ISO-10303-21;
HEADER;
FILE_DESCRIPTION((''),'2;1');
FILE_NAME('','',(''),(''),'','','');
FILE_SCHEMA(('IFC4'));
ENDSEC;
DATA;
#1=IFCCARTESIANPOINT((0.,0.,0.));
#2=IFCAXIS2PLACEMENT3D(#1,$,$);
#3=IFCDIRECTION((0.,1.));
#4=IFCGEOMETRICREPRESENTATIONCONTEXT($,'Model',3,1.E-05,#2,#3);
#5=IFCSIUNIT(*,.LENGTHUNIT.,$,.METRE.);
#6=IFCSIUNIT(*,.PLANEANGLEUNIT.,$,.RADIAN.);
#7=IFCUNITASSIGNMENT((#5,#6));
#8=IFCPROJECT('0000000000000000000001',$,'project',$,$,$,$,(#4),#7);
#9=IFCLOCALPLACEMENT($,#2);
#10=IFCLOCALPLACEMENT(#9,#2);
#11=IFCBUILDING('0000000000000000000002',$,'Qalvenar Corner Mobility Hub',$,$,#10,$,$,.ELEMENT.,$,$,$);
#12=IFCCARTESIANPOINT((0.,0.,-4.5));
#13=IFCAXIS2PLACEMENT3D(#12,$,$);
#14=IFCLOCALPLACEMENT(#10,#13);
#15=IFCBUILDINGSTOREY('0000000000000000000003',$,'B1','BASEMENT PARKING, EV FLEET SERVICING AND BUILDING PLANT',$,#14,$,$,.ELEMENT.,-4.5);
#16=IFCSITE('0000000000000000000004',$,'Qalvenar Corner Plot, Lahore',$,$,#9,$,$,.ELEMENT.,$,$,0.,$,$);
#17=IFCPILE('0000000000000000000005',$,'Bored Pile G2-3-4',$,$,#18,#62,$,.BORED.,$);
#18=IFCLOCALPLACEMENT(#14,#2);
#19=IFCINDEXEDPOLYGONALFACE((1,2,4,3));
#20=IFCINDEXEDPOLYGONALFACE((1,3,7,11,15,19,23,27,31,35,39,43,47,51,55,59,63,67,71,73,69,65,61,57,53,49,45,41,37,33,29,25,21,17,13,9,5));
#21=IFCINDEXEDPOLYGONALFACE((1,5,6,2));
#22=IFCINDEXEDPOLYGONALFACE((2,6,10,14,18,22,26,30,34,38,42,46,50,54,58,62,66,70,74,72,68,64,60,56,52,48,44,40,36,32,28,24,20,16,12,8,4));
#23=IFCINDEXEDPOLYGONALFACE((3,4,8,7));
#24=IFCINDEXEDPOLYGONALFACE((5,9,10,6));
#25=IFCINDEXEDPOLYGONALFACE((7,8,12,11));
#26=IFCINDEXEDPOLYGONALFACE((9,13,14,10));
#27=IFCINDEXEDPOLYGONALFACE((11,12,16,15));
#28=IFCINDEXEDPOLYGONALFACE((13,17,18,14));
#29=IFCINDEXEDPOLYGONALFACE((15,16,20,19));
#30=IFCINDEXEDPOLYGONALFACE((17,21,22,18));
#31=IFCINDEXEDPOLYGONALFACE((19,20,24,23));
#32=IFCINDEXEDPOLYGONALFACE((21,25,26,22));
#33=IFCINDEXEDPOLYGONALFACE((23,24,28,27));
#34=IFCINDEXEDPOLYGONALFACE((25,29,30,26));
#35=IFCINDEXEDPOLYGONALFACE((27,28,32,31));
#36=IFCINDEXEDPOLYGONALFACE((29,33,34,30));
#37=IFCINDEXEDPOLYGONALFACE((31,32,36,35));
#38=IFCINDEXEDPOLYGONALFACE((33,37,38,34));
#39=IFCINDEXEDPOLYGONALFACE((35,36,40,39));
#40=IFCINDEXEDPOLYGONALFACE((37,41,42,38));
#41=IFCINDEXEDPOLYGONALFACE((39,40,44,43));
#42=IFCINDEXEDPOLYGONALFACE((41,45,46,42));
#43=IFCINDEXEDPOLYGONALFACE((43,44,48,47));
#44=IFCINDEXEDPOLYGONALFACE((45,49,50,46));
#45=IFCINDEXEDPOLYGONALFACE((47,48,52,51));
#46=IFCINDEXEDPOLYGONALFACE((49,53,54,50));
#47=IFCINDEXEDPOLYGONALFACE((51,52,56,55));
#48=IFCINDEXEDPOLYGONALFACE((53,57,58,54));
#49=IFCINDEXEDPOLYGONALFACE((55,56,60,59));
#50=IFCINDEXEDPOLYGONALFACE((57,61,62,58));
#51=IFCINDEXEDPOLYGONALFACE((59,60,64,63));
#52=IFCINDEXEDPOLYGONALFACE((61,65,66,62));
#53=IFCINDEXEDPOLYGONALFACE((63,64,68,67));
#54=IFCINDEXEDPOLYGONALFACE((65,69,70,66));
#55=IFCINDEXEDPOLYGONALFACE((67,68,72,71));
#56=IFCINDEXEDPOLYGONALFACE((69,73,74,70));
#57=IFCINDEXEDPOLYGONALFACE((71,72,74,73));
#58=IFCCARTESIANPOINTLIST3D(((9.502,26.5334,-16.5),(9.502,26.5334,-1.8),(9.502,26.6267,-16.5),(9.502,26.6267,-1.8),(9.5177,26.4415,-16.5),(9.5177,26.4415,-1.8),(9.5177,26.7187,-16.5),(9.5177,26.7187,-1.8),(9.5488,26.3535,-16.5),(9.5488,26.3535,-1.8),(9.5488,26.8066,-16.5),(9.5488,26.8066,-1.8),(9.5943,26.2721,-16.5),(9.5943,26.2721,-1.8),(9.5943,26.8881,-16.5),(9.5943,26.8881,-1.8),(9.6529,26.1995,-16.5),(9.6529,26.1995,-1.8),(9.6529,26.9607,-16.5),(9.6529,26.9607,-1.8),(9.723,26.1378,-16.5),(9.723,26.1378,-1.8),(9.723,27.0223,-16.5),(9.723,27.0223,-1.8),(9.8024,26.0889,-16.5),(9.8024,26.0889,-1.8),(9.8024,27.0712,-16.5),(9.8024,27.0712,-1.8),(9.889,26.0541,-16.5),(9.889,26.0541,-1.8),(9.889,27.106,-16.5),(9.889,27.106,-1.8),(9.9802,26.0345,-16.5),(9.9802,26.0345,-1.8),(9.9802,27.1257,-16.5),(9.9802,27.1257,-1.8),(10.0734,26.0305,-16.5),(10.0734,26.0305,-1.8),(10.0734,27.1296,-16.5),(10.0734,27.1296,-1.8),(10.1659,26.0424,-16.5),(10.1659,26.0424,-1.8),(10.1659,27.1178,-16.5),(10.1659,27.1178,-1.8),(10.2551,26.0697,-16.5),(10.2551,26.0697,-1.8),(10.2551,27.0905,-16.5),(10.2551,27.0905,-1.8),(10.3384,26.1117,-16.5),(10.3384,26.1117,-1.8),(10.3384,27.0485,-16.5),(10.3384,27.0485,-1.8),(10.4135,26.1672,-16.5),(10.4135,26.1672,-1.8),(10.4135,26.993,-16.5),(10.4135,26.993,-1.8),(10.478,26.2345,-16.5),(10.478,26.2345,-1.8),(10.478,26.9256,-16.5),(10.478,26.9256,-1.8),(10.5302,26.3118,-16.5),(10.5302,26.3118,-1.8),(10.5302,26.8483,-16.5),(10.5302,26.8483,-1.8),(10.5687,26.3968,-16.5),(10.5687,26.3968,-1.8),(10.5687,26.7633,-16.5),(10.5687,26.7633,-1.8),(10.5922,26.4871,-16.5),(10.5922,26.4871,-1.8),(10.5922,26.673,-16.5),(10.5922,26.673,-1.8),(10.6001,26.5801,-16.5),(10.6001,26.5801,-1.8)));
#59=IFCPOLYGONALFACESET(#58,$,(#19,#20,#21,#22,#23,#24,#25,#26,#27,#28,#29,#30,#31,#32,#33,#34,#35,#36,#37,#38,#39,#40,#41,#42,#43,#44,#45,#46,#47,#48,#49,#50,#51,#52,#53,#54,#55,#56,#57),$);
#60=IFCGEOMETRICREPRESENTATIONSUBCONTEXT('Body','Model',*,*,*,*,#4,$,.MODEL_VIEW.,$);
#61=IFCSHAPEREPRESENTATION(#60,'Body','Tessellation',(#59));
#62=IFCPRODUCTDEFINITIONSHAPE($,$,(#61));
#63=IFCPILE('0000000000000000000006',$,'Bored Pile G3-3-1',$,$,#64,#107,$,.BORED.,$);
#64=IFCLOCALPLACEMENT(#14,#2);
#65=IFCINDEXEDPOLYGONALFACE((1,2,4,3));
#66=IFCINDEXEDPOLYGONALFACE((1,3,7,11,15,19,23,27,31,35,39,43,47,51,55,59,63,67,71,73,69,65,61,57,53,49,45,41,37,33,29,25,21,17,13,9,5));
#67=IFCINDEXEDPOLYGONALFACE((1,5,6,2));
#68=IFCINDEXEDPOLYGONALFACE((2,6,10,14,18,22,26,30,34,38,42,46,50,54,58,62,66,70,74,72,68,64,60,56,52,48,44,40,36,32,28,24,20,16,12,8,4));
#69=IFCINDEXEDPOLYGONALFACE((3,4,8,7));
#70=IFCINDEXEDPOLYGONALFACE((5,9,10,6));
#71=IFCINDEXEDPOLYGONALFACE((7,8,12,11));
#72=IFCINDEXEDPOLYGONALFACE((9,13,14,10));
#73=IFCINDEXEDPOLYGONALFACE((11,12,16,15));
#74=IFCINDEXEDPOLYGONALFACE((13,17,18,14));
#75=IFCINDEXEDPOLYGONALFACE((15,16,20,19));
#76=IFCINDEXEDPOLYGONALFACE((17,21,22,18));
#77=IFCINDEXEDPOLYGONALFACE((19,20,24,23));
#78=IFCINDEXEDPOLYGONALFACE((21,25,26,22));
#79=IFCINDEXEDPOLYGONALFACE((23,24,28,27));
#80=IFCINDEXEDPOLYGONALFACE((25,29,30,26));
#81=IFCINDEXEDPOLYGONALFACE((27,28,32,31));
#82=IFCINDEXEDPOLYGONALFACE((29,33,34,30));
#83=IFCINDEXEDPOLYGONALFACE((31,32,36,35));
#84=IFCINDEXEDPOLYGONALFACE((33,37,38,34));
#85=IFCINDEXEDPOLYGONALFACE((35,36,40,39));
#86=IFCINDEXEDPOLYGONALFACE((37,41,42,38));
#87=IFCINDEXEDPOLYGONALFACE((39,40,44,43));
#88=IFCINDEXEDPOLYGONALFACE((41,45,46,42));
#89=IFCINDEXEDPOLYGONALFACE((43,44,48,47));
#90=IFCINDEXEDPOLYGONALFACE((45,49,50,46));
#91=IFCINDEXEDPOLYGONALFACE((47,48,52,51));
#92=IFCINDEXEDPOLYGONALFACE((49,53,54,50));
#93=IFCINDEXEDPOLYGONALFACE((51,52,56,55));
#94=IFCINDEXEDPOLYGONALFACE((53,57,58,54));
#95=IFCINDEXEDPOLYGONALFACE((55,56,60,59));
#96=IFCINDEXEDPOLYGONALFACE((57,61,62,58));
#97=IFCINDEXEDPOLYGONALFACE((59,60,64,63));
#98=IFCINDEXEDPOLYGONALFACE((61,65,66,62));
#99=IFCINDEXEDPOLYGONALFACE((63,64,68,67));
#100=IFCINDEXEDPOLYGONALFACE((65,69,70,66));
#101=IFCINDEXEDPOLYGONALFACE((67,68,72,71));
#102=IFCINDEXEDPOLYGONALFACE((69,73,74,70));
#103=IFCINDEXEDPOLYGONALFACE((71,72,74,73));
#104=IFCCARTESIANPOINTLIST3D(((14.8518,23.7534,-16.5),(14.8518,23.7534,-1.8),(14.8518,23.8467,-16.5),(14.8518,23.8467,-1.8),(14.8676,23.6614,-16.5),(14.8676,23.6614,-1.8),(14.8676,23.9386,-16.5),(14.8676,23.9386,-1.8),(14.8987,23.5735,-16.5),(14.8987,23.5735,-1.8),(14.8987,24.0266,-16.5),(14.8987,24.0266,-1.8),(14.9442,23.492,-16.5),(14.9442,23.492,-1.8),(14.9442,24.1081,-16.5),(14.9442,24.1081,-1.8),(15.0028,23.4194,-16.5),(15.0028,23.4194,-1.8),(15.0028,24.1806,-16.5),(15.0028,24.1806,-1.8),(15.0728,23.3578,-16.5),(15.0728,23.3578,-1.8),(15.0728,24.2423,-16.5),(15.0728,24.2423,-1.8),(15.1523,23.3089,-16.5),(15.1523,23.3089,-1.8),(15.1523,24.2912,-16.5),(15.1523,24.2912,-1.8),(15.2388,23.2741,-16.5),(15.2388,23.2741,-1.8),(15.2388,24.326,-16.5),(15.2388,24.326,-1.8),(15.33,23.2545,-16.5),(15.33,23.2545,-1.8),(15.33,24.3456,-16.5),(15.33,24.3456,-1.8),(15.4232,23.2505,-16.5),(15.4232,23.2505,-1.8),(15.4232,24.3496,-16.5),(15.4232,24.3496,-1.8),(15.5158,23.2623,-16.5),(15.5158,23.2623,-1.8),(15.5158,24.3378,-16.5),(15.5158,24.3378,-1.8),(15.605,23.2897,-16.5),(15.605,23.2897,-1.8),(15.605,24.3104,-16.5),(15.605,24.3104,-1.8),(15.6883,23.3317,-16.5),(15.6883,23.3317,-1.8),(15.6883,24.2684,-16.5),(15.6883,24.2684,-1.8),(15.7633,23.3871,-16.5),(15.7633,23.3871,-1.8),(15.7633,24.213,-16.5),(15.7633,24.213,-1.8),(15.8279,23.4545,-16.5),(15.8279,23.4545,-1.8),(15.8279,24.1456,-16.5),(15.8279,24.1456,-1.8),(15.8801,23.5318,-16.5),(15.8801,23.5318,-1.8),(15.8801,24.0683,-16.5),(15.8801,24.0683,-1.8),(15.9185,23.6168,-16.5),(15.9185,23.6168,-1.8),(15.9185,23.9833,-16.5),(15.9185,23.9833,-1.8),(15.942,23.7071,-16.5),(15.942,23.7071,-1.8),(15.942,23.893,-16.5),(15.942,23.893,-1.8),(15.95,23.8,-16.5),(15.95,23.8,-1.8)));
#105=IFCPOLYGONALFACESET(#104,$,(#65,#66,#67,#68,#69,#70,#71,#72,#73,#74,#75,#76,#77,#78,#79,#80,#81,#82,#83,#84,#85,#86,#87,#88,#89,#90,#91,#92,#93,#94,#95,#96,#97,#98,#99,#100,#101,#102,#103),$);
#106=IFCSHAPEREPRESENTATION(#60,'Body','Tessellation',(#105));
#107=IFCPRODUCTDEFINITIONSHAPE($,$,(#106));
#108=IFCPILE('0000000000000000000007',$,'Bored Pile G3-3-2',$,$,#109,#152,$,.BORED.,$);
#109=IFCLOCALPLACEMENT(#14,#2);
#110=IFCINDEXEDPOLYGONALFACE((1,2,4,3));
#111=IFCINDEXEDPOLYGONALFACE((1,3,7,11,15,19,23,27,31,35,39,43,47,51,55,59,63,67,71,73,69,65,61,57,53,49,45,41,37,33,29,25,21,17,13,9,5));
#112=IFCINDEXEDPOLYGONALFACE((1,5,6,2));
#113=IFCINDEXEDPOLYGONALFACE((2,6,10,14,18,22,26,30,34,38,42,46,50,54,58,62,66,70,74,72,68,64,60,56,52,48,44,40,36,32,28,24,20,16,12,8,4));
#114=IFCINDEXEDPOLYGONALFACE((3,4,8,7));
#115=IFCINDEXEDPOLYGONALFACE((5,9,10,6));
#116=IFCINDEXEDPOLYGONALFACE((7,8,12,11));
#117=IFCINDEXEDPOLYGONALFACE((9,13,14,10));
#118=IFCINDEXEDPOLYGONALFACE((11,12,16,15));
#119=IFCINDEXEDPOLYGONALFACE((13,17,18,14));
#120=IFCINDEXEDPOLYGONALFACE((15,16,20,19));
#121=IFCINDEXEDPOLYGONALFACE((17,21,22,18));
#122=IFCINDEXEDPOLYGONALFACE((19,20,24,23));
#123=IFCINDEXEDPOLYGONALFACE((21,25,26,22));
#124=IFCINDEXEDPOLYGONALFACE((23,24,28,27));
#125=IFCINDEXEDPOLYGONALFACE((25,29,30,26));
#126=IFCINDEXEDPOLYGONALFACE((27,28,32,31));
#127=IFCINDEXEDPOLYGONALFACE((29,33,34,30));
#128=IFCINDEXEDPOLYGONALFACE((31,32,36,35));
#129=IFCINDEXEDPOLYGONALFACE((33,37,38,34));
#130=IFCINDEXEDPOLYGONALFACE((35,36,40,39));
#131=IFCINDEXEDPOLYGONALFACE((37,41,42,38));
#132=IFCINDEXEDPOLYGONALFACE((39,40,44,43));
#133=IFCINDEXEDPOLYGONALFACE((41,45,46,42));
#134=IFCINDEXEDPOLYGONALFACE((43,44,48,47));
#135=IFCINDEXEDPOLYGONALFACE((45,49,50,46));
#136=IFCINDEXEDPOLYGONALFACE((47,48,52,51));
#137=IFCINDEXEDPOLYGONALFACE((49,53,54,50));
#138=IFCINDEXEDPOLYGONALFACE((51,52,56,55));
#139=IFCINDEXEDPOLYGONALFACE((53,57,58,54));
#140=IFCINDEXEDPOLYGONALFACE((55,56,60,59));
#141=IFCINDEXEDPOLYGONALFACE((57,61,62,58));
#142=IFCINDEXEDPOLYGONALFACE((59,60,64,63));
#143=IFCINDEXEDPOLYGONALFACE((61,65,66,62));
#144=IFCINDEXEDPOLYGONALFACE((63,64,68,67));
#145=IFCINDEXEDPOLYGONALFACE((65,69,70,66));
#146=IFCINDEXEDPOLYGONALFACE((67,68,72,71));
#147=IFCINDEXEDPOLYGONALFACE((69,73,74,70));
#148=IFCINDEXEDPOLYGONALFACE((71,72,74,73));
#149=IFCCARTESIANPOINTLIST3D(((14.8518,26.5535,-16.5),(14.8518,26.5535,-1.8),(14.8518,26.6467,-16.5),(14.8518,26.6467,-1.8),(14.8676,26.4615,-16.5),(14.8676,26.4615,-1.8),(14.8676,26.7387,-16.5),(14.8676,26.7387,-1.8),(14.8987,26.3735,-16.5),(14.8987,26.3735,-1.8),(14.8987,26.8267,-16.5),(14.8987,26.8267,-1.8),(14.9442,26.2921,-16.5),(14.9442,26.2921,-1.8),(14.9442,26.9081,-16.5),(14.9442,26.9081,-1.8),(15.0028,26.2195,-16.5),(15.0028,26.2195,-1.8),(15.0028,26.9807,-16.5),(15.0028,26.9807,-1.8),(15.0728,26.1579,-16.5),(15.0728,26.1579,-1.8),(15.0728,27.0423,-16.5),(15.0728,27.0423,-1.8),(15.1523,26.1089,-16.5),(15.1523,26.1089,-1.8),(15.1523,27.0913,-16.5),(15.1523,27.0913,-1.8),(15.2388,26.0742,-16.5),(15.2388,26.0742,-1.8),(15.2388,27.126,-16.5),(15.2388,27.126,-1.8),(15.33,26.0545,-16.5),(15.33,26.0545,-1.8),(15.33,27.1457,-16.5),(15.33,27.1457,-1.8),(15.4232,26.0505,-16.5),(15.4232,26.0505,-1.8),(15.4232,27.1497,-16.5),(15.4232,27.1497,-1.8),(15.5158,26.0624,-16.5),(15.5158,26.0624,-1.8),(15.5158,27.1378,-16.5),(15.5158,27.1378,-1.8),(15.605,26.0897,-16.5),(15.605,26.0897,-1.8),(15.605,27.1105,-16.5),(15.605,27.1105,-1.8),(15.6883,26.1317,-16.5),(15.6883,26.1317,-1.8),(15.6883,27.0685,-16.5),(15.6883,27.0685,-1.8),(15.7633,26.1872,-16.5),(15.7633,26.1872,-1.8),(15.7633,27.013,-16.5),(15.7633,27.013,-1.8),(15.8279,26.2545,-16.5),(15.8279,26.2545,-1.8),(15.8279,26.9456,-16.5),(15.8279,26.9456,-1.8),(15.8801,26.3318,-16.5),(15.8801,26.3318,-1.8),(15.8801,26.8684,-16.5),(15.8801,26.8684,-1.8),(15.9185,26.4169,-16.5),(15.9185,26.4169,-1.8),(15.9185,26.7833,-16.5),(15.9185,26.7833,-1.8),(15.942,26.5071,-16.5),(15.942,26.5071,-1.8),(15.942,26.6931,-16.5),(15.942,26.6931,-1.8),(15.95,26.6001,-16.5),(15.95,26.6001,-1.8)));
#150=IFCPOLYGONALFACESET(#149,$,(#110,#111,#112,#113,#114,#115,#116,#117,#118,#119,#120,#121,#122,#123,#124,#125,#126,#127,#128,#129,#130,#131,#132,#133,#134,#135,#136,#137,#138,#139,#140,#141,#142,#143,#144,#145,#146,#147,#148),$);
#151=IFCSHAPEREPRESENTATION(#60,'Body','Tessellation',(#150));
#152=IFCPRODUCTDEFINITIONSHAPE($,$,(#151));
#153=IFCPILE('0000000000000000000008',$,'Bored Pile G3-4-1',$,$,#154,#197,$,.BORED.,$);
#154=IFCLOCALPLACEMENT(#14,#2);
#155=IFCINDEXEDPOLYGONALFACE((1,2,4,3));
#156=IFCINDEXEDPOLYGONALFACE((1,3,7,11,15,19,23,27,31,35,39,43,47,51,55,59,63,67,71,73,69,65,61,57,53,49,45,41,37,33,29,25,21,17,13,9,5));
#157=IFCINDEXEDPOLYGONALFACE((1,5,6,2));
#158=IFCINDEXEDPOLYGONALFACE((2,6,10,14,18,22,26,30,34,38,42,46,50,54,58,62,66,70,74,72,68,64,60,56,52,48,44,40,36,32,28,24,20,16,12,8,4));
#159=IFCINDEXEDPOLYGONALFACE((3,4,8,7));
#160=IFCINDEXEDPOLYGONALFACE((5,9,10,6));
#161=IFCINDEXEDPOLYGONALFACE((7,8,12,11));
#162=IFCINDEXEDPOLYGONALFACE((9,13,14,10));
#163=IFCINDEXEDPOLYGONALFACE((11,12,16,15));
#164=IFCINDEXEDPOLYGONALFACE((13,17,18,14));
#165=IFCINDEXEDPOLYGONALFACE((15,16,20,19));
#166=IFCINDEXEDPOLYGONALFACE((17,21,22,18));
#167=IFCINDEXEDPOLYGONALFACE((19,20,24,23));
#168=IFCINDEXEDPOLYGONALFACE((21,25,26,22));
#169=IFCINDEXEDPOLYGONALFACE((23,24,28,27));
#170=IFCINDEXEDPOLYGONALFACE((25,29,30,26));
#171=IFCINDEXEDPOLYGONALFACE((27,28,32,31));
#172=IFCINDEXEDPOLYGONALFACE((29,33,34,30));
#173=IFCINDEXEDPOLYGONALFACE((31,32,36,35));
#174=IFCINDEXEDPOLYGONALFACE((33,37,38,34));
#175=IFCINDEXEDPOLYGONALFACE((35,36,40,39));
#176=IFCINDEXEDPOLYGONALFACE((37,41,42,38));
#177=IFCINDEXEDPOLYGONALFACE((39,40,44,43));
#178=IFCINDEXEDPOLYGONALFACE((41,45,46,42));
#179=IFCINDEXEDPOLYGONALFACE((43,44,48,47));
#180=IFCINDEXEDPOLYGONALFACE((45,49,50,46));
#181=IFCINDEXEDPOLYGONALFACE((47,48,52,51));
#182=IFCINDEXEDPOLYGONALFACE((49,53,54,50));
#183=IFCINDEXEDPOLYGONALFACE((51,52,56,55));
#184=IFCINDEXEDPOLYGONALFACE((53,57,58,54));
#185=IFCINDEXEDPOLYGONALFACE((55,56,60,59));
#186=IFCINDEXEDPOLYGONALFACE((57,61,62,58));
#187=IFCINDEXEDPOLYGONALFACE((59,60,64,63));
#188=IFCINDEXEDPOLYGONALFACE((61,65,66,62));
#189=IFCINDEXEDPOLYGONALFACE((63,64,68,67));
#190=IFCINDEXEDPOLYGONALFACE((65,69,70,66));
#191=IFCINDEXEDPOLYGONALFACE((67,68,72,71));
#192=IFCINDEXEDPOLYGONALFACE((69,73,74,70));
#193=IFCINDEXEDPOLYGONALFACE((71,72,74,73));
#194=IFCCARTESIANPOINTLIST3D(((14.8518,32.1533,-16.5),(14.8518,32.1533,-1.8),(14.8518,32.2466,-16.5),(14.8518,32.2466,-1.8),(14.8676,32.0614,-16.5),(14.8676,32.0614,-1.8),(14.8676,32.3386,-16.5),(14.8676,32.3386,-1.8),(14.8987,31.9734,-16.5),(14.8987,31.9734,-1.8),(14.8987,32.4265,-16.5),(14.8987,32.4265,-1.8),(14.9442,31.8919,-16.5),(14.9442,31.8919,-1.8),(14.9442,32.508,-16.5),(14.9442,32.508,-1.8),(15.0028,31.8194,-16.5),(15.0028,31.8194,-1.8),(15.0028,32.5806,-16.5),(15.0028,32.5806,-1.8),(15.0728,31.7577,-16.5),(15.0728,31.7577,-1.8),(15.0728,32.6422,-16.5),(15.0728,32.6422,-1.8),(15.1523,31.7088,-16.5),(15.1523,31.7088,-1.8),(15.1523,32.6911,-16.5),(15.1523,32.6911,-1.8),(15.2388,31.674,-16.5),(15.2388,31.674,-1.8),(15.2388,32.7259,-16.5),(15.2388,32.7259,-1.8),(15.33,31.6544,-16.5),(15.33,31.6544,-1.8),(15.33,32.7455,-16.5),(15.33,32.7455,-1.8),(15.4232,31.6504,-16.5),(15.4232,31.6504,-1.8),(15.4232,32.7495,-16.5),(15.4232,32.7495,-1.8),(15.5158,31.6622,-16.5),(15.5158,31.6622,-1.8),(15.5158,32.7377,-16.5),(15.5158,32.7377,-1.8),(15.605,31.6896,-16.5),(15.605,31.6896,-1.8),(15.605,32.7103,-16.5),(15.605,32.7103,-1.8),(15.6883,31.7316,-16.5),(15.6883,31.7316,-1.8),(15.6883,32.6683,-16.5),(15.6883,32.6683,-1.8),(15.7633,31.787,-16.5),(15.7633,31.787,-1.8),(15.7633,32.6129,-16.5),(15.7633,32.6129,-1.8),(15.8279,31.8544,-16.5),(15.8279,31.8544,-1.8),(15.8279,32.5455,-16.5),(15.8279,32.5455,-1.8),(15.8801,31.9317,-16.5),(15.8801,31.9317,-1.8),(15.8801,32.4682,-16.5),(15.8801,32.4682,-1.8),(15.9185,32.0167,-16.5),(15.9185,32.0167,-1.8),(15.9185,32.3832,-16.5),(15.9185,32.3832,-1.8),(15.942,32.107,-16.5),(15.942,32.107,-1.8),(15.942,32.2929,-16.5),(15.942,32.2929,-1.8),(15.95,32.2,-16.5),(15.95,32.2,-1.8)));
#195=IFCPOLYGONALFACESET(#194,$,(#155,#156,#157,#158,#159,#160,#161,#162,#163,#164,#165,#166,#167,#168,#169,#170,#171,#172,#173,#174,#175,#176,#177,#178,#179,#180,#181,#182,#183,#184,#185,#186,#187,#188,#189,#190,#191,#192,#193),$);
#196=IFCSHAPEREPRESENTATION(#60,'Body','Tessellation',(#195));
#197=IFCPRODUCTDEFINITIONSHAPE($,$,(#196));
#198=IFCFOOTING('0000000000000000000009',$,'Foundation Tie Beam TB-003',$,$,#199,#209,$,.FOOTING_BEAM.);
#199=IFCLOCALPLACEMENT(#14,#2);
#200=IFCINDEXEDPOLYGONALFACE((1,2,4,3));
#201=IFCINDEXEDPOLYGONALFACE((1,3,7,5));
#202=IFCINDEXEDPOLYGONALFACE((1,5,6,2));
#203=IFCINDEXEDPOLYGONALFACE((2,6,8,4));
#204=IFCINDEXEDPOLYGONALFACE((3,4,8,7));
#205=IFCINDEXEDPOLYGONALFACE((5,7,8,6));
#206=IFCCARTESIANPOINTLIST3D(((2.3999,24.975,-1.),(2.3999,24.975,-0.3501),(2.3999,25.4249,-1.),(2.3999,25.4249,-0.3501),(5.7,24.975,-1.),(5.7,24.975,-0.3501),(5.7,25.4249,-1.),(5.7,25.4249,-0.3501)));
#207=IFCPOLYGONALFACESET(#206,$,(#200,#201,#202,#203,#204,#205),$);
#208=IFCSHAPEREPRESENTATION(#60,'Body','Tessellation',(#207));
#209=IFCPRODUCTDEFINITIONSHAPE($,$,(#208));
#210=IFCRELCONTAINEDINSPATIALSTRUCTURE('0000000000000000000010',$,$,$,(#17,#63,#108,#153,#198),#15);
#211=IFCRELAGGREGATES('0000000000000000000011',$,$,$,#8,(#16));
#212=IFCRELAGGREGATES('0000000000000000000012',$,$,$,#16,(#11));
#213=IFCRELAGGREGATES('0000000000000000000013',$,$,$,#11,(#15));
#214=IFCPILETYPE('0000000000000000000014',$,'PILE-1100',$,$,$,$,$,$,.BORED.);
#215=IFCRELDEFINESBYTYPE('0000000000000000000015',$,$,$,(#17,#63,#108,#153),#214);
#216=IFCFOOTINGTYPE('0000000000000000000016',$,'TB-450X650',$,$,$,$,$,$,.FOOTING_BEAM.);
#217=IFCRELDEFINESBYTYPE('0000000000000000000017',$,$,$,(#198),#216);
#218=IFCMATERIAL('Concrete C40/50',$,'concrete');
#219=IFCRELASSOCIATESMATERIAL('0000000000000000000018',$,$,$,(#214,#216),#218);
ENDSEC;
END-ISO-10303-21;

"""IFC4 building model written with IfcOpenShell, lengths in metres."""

from ifc_helpers import new_model, si_unit, direction, frame, origin, origin_2d, place, context, subcontext, project, spatial, rectangle, circle, extrude, material, material_profile, profile_set, type_object, element, save


model = new_model("IFC4")

# Units and contexts
model_context = context("Model", 3, precision=1e-05, world=origin(), true_north=direction((0.0, 1.0)))
body_context = subcontext(model_context, "Body", "Model", "MODEL_VIEW")
ifc_project = project(units=[si_unit("LENGTHUNIT", "METRE"), si_unit("PLANEANGLEUNIT", "RADIAN")], contexts=[model_context])

# Site, building, storey
site_placement = place(None, origin())
site = spatial("IfcSite", under=ifc_project, at=site_placement, Name="Qalvenar Corner Plot, Lahore", CompositionType="ELEMENT", RefElevation=0.0)
building_placement = place(site_placement, origin())
building = spatial("IfcBuilding", under=site, at=building_placement, Name="Qalvenar Corner Mobility Hub", CompositionType="ELEMENT")
storey_placement = place(building_placement, frame((0.0, 0.0, -4.5)))
storey = spatial("IfcBuildingStorey", under=building, at=storey_placement, Name="B1", Description="BASEMENT PARKING, EV FLEET SERVICING AND BUILDING PLANT", CompositionType="ELEMENT", Elevation=-4.5)

# Shared definitions
ifc_material_1 = material(Name="Concrete C40/50", Category="concrete")

# Piles
ifc_material_profile_1 = material_profile(ifc_material_1, circle(Radius=0.55, at=origin_2d()), Name="DIA1100")
ifc_profile_set_1 = profile_set([ifc_material_profile_1], Name="Concrete C40/50")
pile_type = type_object("IfcPileType", Name="PILE-1100", PredefinedType="BORED", material=ifc_profile_set_1)
for number, where, z_axis, x_axis, name in (
    (1, (10.05, 26.5801, -1.8), (0.0, 0.0, -1.0), (1.0, 0.0, 0.0), "Bored Pile G2-3-4"),
    (2, (15.3999, 23.8, -1.8), (0.0, 0.0, -1.0), (1.0, 0.0, 0.0), "Bored Pile G3-3-1"),
    (3, (15.3999, 26.6001, -1.8), (0.0, 0.0, -1.0), (1.0, 0.0, 0.0), "Bored Pile G3-3-2"),
    (4, (15.3999, 32.2, -1.8), (0.0, 0.0, -1.0), (1.0, 0.0, 0.0), "Bored Pile G3-4-1"),
):
    element("IfcPile", number, at=place(storey_placement, frame(where, z_axis=z_axis, x_axis=x_axis)), inside=storey, type_object=pile_type, Name=name, PredefinedType="BORED", context=body_context, shape_type="SweptSolid", body=[
        extrude(circle(Radius=0.55, at=origin_2d()), origin(), (0.0, 0.0, 1.0), 14.7),
    ])

# Footing
ifc_material_profile_2 = material_profile(ifc_material_1, rectangle(XDim=0.45, YDim=0.6499, at=origin_2d()), Name="RC450x650")
ifc_profile_set_2 = profile_set([ifc_material_profile_2], Name="Concrete C40/50")
footing_type_1 = type_object("IfcFootingType", Name="TB-450X650", PredefinedType="FOOTING_BEAM", material=ifc_profile_set_2)
footing_1_placement = place(storey_placement, frame((2.3999, 25.2, -0.675), z_axis=(1.0, 0.0, 0.0), x_axis=(0.0, 1.0, 0.0)))
element("IfcFooting", 5, at=footing_1_placement, inside=storey, type_object=footing_type_1, Name="Foundation Tie Beam TB-003", PredefinedType="FOOTING_BEAM", context=body_context, shape_type="SweptSolid", body=[
    extrude(rectangle(XDim=0.45, YDim=0.6499, at=origin_2d()), origin(), (0.0, 0.0, 1.0), 3.3),
])

save(model, "model.ifc")
